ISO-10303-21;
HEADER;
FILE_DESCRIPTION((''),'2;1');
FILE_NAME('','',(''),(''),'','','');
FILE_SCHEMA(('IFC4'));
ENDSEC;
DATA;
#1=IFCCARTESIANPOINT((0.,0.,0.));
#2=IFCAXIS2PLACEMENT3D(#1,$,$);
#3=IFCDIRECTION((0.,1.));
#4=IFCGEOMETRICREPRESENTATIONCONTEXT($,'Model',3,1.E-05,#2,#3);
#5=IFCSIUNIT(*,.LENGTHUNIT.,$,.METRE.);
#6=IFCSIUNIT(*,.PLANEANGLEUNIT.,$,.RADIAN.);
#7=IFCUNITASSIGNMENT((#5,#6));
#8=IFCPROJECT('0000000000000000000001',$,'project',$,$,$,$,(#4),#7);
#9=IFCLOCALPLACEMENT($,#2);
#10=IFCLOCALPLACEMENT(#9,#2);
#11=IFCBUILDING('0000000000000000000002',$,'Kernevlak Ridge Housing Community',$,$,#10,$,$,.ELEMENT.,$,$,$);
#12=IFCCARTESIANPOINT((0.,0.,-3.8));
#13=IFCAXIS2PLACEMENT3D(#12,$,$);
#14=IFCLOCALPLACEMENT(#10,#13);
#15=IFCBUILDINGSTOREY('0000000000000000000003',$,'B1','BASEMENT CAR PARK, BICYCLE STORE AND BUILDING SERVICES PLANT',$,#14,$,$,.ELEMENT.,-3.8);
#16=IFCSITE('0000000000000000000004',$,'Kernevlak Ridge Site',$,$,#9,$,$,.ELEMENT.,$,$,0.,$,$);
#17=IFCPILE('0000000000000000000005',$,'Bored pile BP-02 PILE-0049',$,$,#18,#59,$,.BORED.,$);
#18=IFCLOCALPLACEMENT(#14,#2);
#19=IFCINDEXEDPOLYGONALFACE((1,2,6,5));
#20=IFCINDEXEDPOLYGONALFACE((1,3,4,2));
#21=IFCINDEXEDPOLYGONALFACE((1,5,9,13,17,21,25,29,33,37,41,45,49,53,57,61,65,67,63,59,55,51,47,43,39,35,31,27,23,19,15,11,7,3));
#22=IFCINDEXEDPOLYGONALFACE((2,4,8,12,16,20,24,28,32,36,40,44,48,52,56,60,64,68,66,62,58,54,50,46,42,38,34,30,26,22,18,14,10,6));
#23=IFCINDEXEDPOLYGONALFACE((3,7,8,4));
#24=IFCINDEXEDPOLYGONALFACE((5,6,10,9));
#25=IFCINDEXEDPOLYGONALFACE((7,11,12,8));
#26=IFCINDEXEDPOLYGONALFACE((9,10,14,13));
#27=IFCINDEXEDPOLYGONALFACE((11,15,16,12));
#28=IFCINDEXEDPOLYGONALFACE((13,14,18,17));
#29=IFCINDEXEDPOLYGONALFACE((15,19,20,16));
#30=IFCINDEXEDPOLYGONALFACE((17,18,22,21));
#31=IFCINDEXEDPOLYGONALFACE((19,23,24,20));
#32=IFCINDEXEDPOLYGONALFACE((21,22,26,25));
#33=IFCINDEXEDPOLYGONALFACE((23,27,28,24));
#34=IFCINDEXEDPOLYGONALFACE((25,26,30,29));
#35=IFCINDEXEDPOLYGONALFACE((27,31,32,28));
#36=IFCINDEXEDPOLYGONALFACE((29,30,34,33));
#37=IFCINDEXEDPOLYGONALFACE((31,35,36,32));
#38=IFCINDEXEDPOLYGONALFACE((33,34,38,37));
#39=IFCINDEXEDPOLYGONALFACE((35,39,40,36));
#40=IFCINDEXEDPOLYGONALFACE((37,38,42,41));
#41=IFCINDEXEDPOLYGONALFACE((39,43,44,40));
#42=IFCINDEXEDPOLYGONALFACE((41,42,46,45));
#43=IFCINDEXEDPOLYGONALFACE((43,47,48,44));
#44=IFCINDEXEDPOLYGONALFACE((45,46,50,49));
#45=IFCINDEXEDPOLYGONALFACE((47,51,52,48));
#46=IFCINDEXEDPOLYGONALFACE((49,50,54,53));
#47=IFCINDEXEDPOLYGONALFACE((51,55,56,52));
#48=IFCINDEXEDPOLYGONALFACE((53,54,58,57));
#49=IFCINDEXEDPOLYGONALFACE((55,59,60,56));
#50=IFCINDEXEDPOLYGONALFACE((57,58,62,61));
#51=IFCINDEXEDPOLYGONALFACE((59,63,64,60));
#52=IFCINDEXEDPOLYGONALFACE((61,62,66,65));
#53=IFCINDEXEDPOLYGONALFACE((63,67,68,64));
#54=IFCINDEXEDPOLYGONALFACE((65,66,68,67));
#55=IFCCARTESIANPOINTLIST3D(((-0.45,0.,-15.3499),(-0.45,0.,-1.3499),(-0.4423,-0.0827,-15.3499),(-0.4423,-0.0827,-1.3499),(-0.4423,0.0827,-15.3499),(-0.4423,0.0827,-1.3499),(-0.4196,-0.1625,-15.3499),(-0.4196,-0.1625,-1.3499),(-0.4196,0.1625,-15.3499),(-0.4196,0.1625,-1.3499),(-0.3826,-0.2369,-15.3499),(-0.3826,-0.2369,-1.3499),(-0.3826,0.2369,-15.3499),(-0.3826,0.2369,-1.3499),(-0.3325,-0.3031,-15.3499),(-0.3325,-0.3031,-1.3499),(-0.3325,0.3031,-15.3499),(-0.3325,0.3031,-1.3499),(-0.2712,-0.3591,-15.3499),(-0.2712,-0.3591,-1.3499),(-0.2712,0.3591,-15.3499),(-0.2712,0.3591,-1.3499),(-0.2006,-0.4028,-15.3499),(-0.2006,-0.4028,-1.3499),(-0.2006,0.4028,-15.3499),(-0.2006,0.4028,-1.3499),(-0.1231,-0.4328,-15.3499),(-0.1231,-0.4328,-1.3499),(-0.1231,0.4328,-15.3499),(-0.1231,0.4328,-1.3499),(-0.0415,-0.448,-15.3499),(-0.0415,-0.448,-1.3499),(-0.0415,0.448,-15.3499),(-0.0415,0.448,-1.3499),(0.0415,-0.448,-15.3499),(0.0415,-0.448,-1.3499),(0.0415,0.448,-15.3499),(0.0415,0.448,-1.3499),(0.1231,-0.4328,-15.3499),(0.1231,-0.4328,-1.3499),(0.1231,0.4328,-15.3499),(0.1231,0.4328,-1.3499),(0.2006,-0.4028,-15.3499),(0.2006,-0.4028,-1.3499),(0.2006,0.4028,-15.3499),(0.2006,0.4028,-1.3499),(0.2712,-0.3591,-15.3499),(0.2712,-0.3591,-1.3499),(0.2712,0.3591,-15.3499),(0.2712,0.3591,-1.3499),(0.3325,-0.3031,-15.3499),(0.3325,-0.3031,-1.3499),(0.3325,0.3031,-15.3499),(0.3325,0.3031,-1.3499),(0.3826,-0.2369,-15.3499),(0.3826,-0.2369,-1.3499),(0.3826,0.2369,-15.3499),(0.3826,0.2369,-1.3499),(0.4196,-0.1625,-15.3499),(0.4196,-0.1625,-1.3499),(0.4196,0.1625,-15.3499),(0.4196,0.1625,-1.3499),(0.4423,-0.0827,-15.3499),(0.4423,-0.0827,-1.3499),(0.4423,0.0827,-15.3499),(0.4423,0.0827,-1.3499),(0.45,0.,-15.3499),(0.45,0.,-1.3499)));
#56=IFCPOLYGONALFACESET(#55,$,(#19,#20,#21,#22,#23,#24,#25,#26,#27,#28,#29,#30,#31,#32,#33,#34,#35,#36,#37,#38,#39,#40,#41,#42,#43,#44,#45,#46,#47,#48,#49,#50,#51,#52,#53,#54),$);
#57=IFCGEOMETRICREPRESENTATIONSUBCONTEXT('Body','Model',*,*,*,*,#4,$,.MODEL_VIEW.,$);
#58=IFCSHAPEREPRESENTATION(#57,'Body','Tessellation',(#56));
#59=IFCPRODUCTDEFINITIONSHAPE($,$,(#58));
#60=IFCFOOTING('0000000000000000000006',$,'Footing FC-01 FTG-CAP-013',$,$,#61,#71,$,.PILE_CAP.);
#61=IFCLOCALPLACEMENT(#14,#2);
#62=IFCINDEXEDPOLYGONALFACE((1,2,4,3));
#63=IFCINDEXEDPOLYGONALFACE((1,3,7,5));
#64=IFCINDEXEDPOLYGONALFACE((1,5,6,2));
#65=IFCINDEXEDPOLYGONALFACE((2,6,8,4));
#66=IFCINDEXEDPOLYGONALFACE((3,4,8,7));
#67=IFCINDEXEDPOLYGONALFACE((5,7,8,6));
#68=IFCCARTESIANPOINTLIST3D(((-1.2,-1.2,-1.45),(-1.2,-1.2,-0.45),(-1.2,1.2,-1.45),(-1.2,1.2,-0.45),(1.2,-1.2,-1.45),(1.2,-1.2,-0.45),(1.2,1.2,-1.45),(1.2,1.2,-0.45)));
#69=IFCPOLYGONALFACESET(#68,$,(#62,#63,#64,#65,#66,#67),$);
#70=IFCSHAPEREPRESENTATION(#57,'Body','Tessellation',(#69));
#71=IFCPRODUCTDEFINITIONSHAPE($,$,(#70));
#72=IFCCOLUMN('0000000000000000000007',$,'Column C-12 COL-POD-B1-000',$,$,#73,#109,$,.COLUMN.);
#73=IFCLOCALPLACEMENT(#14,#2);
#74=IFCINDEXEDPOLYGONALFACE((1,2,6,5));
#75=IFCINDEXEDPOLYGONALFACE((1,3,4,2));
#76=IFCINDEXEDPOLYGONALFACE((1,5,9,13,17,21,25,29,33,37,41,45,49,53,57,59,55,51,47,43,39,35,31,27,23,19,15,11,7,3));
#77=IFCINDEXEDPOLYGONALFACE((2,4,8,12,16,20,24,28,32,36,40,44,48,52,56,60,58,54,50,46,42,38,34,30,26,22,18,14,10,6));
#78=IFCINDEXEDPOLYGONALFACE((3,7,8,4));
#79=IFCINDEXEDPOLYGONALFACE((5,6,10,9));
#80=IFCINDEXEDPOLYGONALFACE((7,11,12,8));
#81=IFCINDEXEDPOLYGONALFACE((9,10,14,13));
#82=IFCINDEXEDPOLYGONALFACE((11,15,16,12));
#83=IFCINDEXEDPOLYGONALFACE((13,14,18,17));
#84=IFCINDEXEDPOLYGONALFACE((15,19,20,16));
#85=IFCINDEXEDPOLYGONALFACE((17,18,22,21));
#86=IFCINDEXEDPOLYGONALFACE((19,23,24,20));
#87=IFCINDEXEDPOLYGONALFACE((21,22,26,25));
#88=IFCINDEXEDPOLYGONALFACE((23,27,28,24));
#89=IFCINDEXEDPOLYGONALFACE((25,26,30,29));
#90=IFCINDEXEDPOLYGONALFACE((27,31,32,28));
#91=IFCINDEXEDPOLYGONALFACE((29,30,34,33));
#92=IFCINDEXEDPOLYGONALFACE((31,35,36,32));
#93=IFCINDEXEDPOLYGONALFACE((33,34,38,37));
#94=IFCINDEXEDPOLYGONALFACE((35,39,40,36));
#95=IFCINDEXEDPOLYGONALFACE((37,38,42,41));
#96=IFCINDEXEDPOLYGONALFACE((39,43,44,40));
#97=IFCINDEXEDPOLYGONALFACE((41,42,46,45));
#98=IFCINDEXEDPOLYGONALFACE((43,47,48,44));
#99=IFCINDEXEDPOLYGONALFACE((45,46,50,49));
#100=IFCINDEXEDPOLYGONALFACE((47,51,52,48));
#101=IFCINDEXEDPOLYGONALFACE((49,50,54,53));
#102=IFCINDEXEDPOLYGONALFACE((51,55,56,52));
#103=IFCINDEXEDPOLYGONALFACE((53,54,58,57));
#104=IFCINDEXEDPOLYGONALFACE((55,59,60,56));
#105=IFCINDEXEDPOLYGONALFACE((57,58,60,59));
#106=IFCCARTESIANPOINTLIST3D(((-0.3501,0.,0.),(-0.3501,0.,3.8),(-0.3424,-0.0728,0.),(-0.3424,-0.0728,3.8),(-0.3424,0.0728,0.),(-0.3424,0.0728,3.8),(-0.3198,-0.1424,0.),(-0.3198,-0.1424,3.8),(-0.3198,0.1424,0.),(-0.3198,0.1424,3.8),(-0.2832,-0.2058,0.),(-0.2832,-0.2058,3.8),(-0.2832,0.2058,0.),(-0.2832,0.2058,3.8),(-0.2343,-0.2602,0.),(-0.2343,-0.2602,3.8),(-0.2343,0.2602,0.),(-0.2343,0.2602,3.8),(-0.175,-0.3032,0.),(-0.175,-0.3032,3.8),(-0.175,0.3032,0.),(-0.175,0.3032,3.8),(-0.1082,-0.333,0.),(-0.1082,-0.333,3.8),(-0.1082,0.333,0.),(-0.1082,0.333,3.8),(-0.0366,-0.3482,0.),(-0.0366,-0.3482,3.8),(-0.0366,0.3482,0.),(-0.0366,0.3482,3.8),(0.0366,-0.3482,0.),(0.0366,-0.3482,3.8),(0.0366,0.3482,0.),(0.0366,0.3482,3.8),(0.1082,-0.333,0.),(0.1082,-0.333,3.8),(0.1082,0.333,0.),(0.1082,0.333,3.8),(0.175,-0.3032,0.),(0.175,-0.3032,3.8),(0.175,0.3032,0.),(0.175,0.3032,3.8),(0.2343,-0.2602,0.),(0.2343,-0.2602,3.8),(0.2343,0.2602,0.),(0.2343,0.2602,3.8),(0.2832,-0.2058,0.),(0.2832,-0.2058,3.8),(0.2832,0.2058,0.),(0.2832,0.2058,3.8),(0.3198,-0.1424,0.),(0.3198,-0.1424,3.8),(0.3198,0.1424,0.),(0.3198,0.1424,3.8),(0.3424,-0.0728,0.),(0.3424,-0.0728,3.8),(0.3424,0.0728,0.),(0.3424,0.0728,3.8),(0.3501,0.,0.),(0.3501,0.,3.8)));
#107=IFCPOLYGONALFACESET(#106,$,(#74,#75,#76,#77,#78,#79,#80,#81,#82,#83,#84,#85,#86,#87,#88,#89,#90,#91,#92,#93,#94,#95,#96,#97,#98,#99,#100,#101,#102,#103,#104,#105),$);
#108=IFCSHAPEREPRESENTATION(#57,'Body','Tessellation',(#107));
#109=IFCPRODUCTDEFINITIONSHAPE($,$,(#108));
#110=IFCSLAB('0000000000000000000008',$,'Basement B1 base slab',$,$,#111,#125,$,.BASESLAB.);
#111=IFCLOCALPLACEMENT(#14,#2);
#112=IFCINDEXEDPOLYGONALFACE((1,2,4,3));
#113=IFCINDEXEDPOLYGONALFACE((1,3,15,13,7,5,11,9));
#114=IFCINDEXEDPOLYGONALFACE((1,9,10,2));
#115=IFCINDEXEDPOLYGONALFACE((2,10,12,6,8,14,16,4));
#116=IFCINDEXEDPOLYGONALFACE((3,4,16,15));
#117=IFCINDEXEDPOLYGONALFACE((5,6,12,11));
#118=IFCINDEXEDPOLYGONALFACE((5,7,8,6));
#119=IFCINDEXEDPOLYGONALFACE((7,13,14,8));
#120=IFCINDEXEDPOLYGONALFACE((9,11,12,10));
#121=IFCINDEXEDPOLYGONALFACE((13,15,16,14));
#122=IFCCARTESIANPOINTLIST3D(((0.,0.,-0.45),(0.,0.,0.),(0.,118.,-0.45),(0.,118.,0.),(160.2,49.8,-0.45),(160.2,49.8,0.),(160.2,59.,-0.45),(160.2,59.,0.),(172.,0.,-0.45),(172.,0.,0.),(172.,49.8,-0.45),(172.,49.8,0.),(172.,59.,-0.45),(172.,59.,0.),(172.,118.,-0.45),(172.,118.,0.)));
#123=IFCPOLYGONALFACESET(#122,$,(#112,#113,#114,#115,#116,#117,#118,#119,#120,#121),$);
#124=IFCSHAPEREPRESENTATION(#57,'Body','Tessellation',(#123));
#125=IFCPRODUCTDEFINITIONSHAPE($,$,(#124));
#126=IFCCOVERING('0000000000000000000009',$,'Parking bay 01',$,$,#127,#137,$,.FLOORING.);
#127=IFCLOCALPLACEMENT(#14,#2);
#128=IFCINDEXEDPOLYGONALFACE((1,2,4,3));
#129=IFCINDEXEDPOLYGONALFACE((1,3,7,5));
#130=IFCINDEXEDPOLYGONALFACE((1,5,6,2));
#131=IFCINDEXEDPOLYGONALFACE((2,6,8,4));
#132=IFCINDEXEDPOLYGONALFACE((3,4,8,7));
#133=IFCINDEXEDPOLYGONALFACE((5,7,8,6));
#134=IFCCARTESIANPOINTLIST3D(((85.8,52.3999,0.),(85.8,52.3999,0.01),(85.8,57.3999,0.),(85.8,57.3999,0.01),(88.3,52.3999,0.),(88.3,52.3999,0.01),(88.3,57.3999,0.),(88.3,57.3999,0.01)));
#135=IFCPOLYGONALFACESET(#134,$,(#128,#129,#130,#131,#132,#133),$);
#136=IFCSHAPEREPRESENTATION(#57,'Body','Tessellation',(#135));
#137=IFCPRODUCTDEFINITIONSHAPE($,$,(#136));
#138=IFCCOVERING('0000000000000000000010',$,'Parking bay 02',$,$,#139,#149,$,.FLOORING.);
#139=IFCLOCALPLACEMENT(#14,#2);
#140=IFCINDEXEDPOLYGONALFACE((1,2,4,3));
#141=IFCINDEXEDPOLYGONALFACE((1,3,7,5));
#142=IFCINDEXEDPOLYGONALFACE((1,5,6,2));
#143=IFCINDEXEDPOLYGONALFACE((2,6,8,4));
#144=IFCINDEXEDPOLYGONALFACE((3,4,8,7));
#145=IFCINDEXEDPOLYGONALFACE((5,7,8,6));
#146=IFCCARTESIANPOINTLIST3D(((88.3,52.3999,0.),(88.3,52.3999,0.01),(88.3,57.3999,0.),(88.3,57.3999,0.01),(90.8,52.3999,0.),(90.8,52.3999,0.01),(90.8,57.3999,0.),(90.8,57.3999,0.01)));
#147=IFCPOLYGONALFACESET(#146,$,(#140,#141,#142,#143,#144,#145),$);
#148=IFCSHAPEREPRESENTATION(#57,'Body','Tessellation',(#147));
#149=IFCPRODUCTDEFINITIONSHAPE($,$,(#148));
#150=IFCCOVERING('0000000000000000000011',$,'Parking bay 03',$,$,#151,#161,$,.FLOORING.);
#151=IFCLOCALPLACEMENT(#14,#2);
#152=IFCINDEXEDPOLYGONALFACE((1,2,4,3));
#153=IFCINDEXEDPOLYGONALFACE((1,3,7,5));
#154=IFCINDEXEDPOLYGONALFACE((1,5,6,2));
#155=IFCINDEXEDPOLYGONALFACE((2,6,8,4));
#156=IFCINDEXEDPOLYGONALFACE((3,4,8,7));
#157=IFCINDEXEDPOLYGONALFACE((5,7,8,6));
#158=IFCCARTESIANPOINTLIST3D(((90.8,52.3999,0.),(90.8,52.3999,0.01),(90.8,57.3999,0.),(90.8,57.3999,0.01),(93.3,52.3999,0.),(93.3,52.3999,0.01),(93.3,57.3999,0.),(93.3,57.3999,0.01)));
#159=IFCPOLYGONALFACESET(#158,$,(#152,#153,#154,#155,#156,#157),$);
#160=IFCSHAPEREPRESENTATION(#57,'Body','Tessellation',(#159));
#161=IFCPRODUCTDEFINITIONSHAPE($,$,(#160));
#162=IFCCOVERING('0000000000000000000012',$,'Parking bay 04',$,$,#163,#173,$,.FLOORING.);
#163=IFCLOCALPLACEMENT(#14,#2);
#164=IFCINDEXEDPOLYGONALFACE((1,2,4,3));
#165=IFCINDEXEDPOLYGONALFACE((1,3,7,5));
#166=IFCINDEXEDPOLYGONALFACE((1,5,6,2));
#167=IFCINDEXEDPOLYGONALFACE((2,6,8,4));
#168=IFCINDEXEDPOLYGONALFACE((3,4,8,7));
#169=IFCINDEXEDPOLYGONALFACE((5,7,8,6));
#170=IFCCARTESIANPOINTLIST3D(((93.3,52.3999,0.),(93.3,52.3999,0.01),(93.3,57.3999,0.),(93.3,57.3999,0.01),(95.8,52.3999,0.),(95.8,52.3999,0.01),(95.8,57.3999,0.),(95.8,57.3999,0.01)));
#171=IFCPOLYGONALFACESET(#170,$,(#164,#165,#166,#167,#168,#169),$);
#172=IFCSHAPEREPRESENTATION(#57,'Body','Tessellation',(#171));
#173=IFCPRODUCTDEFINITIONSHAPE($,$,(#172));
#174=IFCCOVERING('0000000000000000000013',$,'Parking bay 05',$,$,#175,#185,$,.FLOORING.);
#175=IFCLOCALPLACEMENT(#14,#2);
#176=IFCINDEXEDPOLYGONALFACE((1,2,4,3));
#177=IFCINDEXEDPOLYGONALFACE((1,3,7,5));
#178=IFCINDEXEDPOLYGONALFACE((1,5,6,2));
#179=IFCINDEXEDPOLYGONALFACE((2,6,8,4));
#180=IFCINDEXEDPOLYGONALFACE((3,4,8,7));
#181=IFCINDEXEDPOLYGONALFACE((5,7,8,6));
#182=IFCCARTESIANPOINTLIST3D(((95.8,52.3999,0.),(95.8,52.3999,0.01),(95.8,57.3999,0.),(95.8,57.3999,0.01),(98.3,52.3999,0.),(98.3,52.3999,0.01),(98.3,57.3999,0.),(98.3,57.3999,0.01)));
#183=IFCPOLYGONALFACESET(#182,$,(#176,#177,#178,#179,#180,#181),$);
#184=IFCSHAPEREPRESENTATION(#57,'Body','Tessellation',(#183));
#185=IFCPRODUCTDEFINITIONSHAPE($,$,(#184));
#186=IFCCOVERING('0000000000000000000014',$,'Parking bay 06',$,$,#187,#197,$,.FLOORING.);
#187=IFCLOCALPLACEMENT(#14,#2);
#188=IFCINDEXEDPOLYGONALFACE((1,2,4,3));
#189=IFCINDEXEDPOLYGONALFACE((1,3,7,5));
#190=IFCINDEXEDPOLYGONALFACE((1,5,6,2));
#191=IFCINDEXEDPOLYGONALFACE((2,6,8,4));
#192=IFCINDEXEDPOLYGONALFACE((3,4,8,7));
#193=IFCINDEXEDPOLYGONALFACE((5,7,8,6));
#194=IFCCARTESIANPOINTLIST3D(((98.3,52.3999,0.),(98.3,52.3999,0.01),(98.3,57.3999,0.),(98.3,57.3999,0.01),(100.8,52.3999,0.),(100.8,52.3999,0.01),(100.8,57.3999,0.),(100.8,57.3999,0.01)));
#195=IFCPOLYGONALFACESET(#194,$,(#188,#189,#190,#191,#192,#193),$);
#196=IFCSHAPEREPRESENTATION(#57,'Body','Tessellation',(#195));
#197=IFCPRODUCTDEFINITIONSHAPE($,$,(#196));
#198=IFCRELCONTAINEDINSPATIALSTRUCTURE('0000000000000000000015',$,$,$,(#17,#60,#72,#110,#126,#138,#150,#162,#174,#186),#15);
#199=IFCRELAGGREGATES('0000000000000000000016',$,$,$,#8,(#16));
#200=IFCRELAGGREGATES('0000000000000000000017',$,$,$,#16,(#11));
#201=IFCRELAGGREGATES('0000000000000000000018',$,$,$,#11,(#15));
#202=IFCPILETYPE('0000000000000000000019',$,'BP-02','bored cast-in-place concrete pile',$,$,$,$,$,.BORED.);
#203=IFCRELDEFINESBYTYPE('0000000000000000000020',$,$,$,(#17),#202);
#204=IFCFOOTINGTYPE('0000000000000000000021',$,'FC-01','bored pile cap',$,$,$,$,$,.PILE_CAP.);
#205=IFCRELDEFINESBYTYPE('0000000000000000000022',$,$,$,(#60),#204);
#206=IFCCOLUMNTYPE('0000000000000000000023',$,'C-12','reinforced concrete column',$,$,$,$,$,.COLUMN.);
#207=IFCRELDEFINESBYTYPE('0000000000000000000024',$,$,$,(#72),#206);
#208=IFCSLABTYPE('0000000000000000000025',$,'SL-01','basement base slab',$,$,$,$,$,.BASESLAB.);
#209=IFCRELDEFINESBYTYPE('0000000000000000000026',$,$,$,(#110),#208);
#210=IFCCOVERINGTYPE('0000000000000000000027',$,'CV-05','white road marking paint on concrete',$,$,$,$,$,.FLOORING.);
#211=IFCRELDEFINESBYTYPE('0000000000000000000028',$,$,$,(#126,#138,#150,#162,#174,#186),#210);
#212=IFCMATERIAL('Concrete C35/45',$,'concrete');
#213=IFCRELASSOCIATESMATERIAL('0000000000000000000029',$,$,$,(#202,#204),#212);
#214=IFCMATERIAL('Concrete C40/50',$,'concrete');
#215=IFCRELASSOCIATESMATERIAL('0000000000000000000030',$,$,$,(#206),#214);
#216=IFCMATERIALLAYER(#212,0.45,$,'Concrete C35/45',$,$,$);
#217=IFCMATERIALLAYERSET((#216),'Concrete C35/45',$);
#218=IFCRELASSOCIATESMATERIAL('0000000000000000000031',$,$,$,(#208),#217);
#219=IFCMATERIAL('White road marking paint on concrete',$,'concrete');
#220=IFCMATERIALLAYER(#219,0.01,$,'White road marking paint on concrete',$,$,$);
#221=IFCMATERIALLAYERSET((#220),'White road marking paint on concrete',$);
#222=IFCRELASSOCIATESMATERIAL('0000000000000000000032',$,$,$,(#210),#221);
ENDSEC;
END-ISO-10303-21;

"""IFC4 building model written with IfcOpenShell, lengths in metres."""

from ifc_helpers import new_model, si_unit, direction, frame, origin, origin_with_axes, origin_2d, place, context, subcontext, project, spatial, polyline, rectangle, circle, outline, extrude, material, layer, layer_set, material_profile, profile_set, type_object, element, save


model = new_model("IFC4")

# Units and contexts
model_context = context("Model", 3, precision=1e-05, world=origin(), true_north=direction((0.0, 1.0)))
body_context = subcontext(model_context, "Body", "Model", "MODEL_VIEW")
ifc_project = project(units=[si_unit("LENGTHUNIT", "METRE"), si_unit("PLANEANGLEUNIT", "RADIAN")], contexts=[model_context])

# Site, building, storey
site_placement = place(None, origin())
site = spatial("IfcSite", under=ifc_project, at=site_placement, Name="Kernevlak Ridge Site", CompositionType="ELEMENT", RefElevation=0.0)
building_placement = place(site_placement, origin())
building = spatial("IfcBuilding", under=site, at=building_placement, Name="Kernevlak Ridge Housing Community", CompositionType="ELEMENT")
storey_placement = place(building_placement, frame((0.0, 0.0, -3.8)))
storey = spatial("IfcBuildingStorey", under=building, at=storey_placement, Name="B1", Description="BASEMENT CAR PARK, BICYCLE STORE AND BUILDING SERVICES PLANT", CompositionType="ELEMENT", Elevation=-3.8)

# Pile
ifc_material_1 = material(Name="Concrete C35/45", Category="concrete")
ifc_material_profile_1 = material_profile(ifc_material_1, circle(Radius=0.45, at=origin_2d()), Name="BORED PILE 900")
ifc_profile_set_1 = profile_set([ifc_material_profile_1], Name="Concrete C35/45")
pile_type = type_object("IfcPileType", Name="BP-02", Description="bored cast-in-place concrete pile", PredefinedType="BORED", material=ifc_profile_set_1)
pile_placement = place(storey_placement, frame((0.0, 0.0, -1.3499), z_axis=(0.0, 0.0, -1.0), x_axis=(1.0, 0.0, 0.0)))
element("IfcPile", 1, at=pile_placement, inside=storey, type_object=pile_type, Name="Bored pile BP-02 PILE-0049", PredefinedType="BORED", context=body_context, shape_type="SweptSolid", body=[
    extrude(circle(Radius=0.45, at=origin_2d()), origin(), (0.0, 0.0, 1.0), 14.0),
])

# Footing
footing_type = type_object("IfcFootingType", Name="FC-01", Description="bored pile cap", PredefinedType="PILE_CAP", material=ifc_material_1)
footing_placement = place(storey_placement, frame((0.0, 0.0, -1.45), z_axis=(0.0, 0.0, 1.0), x_axis=(1.0, 0.0, 0.0)))
element("IfcFooting", 2, at=footing_placement, inside=storey, type_object=footing_type, Name="Footing FC-01 FTG-CAP-013", PredefinedType="PILE_CAP", context=body_context, shape_type="SweptSolid", body=[
    extrude(rectangle(XDim=2.3999, YDim=2.3999, at=origin_2d()), origin(), (0.0, 0.0, 1.0), 1.0),
])

# Column
ifc_material_2 = material(Name="Concrete C40/50", Category="concrete")
ifc_material_profile_2 = material_profile(ifc_material_2, circle(Radius=0.3501, at=origin_2d()), Name="RC D700")
ifc_profile_set_2 = profile_set([ifc_material_profile_2], Name="Concrete C40/50")
column_type = type_object("IfcColumnType", Name="C-12", Description="reinforced concrete column", PredefinedType="COLUMN", material=ifc_profile_set_2)
column_placement = place(storey_placement, origin_with_axes())
element("IfcColumn", 3, at=column_placement, inside=storey, type_object=column_type, Name="Column C-12 COL-POD-B1-000", PredefinedType="COLUMN", context=body_context, shape_type="SweptSolid", body=[
    extrude(circle(Radius=0.3501, at=origin_2d()), origin(), (0.0, 0.0, 1.0), 3.8),
])

# Slab
ifc_layer_1 = layer(ifc_material_1, 0.45, Name="Concrete C35/45")
ifc_layer_set_1 = layer_set([ifc_layer_1], Name="Concrete C35/45")
slab_type = type_object("IfcSlabType", Name="SL-01", Description="basement base slab", PredefinedType="BASESLAB", material=ifc_layer_set_1)
slab_placement = place(storey_placement, frame((0.0, 0.0, -0.45)))
element("IfcSlab", 4, at=slab_placement, inside=storey, type_object=slab_type, Name="Basement B1 base slab", PredefinedType="BASESLAB", context=body_context, shape_type="SweptSolid", body=[
    extrude(outline(polyline([(0.0, 0.0), (172.0, 0.0), (172.0, 49.8), (160.2, 49.8), (160.2, 59.0), (172.0, 59.0), (172.0, 118.0), (0.0, 118.0), (0.0, 0.0)])), origin(), (0.0, 0.0, 1.0), 0.45),
])

# Coverings
ifc_material_3 = material(Name="White road marking paint on concrete", Category="concrete")
ifc_layer_2 = layer(ifc_material_3, 0.01, Name="White road marking paint on concrete")
ifc_layer_set_2 = layer_set([ifc_layer_2], Name="White road marking paint on concrete")
covering_type_1 = type_object("IfcCoveringType", Name="CV-05", Description="white road marking paint on concrete", PredefinedType="FLOORING", material=ifc_layer_set_2)
covering_1_placement = place(storey_placement, origin())
element("IfcCovering", 5, at=covering_1_placement, inside=storey, type_object=covering_type_1, Name="Parking bay 01", PredefinedType="FLOORING", context=body_context, shape_type="SweptSolid", body=[
    extrude(outline(polyline([(85.8, 52.3999), (88.3, 52.3999), (88.3, 57.3999), (85.8, 57.3999), (85.8, 52.3999)])), origin(), (0.0, 0.0, 1.0), 0.01),
])
covering_2_placement = place(storey_placement, origin())
element("IfcCovering", 6, at=covering_2_placement, inside=storey, type_object=covering_type_1, Name="Parking bay 02", PredefinedType="FLOORING", context=body_context, shape_type="SweptSolid", body=[
    extrude(outline(polyline([(88.3, 52.3999), (90.8, 52.3999), (90.8, 57.3999), (88.3, 57.3999), (88.3, 52.3999)])), origin(), (0.0, 0.0, 1.0), 0.01),
])
covering_3_placement = place(storey_placement, origin())
element("IfcCovering", 7, at=covering_3_placement, inside=storey, type_object=covering_type_1, Name="Parking bay 03", PredefinedType="FLOORING", context=body_context, shape_type="SweptSolid", body=[
    extrude(outline(polyline([(90.8, 52.3999), (93.3, 52.3999), (93.3, 57.3999), (90.8, 57.3999), (90.8, 52.3999)])), origin(), (0.0, 0.0, 1.0), 0.01),
])
covering_4_placement = place(storey_placement, origin())
element("IfcCovering", 8, at=covering_4_placement, inside=storey, type_object=covering_type_1, Name="Parking bay 04", PredefinedType="FLOORING", context=body_context, shape_type="SweptSolid", body=[
    extrude(outline(polyline([(93.3, 52.3999), (95.8, 52.3999), (95.8, 57.3999), (93.3, 57.3999), (93.3, 52.3999)])), origin(), (0.0, 0.0, 1.0), 0.01),
])
covering_5_placement = place(storey_placement, origin())
element("IfcCovering", 9, at=covering_5_placement, inside=storey, type_object=covering_type_1, Name="Parking bay 05", PredefinedType="FLOORING", context=body_context, shape_type="SweptSolid", body=[
    extrude(outline(polyline([(95.8, 52.3999), (98.3, 52.3999), (98.3, 57.3999), (95.8, 57.3999), (95.8, 52.3999)])), origin(), (0.0, 0.0, 1.0), 0.01),
])
covering_6_placement = place(storey_placement, origin())
element("IfcCovering", 10, at=covering_6_placement, inside=storey, type_object=covering_type_1, Name="Parking bay 06", PredefinedType="FLOORING", context=body_context, shape_type="SweptSolid", body=[
    extrude(outline(polyline([(98.3, 52.3999), (100.8, 52.3999), (100.8, 57.3999), (98.3, 57.3999), (98.3, 52.3999)])), origin(), (0.0, 0.0, 1.0), 0.01),
])

save(model, "model.ifc")
